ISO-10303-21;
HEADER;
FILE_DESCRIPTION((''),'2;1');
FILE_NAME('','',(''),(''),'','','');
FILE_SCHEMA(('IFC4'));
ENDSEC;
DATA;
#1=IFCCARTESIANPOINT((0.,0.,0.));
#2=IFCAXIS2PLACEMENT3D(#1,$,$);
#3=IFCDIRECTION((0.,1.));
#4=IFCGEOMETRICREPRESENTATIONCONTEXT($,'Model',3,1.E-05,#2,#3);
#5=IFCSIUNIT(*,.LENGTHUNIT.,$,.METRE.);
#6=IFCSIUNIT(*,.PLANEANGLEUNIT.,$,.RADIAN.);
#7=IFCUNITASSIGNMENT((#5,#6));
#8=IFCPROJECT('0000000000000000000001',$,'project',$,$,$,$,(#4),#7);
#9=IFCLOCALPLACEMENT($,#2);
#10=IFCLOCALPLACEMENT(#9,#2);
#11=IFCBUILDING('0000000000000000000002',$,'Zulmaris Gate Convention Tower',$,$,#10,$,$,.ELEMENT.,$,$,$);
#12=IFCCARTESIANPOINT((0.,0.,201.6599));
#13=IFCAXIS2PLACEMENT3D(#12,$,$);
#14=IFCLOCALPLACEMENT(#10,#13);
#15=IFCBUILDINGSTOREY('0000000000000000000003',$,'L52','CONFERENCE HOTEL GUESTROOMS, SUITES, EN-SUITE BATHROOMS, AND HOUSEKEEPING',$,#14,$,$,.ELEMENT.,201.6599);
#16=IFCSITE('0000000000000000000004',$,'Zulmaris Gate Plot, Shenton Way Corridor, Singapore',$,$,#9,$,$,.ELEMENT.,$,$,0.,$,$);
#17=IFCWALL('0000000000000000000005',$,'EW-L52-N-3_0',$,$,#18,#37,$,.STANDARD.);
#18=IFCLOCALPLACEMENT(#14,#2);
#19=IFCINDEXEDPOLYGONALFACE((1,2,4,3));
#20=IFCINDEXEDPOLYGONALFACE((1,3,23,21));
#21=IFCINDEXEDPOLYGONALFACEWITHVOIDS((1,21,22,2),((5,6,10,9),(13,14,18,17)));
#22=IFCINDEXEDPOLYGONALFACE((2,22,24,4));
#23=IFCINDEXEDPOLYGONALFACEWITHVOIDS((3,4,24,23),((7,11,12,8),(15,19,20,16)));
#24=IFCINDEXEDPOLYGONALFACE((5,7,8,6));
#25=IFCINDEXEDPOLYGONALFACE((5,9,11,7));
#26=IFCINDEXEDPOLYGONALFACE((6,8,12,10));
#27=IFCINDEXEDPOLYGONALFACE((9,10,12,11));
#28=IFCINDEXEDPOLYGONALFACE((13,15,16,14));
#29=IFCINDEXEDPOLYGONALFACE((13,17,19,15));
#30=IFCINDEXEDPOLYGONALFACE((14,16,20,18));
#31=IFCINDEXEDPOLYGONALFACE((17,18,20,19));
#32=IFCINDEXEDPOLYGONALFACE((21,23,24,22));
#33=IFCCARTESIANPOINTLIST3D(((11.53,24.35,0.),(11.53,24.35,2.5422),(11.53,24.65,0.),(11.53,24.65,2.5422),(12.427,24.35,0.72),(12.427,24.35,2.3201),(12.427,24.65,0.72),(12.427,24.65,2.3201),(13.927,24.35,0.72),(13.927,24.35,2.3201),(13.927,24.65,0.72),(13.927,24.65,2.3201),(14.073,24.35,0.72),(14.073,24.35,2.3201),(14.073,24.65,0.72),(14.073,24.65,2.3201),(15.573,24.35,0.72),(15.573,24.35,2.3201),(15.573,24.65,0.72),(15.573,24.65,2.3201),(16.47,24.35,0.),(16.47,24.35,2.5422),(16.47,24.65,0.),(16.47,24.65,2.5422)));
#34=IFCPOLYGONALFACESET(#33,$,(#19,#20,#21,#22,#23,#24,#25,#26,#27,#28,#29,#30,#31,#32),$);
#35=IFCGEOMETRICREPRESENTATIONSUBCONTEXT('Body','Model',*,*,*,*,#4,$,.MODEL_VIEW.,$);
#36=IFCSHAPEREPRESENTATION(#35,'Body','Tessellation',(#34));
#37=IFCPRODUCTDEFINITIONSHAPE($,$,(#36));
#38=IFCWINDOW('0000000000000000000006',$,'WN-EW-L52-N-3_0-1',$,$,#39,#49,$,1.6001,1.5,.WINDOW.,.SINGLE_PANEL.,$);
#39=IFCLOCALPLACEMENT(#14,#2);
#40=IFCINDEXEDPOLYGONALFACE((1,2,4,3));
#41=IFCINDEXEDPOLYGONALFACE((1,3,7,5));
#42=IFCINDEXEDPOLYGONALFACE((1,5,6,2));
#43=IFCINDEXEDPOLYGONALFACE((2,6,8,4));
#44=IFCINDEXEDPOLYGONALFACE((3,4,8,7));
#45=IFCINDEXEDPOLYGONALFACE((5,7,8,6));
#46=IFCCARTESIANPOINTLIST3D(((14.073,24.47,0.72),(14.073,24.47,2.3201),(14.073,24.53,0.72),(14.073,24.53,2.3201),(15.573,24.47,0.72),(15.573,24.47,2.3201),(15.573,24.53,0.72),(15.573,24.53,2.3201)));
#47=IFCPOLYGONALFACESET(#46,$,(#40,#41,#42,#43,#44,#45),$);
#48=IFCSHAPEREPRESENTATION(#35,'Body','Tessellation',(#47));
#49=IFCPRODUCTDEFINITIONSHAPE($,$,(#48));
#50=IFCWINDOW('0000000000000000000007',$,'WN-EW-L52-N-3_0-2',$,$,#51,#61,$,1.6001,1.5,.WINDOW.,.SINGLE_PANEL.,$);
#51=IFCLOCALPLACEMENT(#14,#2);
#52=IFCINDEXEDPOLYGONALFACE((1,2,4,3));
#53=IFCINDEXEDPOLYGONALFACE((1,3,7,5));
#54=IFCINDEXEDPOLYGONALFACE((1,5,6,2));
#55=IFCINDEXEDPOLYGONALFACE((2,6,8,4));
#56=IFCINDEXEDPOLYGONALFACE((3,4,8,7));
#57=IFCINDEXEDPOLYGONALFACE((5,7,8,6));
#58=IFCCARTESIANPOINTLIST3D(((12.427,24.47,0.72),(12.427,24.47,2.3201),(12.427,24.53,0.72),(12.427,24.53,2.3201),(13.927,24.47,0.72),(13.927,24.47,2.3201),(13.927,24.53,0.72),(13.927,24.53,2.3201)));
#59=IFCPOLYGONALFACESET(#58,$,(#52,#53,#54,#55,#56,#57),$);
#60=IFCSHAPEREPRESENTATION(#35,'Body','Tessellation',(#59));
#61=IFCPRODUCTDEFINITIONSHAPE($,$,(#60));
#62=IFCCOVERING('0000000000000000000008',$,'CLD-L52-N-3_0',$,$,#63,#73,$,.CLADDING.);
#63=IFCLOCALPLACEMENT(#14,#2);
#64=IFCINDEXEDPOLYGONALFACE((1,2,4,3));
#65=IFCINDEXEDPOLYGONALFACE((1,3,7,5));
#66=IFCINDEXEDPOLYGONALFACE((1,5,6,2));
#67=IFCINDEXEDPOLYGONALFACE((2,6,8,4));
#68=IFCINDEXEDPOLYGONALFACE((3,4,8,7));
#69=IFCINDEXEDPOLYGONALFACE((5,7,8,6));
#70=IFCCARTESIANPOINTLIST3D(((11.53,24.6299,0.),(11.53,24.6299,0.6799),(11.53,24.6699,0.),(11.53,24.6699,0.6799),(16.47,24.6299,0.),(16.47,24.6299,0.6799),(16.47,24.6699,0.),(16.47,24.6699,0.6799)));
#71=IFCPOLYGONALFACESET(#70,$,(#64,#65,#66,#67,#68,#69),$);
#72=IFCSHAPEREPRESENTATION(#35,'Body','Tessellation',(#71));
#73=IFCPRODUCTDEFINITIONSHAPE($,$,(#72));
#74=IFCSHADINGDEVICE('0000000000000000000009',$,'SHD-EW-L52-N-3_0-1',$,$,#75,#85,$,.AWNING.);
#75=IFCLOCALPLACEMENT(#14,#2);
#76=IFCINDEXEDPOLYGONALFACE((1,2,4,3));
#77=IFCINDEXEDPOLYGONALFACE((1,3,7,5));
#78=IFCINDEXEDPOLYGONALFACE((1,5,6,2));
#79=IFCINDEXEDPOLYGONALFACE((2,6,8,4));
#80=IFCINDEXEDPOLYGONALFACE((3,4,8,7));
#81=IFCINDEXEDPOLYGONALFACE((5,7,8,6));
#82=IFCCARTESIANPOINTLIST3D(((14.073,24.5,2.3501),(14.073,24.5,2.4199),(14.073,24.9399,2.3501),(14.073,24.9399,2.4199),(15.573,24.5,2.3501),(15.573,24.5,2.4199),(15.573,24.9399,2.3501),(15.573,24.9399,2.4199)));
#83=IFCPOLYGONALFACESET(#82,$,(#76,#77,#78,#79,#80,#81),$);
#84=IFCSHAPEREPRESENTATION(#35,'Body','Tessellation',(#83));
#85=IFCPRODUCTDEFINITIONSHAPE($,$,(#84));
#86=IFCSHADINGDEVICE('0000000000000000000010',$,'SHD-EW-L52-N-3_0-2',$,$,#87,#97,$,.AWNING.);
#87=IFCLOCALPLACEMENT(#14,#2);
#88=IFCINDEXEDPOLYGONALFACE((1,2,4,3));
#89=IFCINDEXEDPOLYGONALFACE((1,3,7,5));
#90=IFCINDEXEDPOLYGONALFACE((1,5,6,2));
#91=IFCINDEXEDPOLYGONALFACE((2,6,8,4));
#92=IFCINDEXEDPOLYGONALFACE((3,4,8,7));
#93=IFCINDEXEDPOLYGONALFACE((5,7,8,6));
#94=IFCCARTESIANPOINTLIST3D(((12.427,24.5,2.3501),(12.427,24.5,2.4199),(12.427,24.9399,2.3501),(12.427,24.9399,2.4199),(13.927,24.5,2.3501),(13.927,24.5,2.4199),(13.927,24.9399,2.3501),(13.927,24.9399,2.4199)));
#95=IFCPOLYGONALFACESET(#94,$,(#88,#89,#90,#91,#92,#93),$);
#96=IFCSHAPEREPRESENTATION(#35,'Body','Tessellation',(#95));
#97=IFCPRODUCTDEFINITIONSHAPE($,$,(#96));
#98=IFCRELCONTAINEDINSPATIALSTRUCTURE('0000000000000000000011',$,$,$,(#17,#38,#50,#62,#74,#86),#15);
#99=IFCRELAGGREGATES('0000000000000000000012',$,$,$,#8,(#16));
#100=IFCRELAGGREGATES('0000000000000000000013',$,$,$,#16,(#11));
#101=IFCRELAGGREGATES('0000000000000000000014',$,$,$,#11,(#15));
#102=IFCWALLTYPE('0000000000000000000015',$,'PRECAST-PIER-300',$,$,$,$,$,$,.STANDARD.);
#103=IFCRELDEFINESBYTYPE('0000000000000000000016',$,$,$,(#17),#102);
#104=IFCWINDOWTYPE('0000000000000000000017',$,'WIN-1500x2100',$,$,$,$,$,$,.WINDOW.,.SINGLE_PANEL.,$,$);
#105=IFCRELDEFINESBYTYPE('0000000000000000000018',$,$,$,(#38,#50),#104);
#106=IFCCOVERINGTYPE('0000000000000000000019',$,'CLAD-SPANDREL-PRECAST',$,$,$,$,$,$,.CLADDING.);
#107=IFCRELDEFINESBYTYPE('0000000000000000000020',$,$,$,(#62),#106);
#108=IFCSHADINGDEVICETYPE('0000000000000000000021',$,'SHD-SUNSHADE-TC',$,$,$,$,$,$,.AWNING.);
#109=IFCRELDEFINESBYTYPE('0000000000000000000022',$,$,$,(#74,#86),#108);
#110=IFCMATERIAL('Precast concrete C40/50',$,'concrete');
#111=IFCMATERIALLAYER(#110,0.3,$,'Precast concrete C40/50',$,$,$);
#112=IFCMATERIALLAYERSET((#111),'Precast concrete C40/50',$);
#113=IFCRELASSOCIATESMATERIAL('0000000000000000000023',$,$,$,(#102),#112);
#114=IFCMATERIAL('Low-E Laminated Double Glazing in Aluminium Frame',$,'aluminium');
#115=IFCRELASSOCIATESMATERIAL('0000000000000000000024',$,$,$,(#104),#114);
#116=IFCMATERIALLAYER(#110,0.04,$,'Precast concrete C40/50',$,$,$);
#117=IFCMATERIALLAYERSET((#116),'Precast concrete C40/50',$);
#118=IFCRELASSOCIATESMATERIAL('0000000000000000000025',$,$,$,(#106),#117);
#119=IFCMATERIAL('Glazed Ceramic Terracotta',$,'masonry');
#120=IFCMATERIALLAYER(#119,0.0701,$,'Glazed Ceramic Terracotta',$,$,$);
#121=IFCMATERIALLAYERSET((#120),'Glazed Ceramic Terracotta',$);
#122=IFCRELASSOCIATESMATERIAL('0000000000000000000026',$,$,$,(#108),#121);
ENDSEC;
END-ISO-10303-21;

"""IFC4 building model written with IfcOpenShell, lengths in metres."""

from ifc_helpers import new_model, si_unit, direction, frame, frame_2d, origin, place, context, subcontext, project, spatial, rectangle, extrude, material, layer, layer_set, type_object, element, fill, save


model = new_model("IFC4")

# Units and contexts
model_context = context("Model", 3, precision=1e-05, world=origin(), true_north=direction((0.0, 1.0)))
body_context = subcontext(model_context, "Body", "Model", "MODEL_VIEW")
ifc_project = project(units=[si_unit("LENGTHUNIT", "METRE"), si_unit("PLANEANGLEUNIT", "RADIAN")], contexts=[model_context])

# Site, building, storey
site_placement = place(None, origin())
site = spatial("IfcSite", under=ifc_project, at=site_placement, Name="Zulmaris Gate Plot, Shenton Way Corridor, Singapore", CompositionType="ELEMENT", RefElevation=0.0)
building_placement = place(site_placement, origin())
building = spatial("IfcBuilding", under=site, at=building_placement, Name="Zulmaris Gate Convention Tower", CompositionType="ELEMENT")
storey_placement = place(building_placement, frame((0.0, 0.0, 201.6599)))
storey = spatial("IfcBuildingStorey", under=building, at=storey_placement, Name="L52", Description="CONFERENCE HOTEL GUESTROOMS, SUITES, EN-SUITE BATHROOMS, AND HOUSEKEEPING", CompositionType="ELEMENT", Elevation=201.6599)

# Wall, openings, windows
ifc_material_1 = material(Name="Precast concrete C40/50", Category="concrete")
ifc_layer_1 = layer(ifc_material_1, 0.3, Name="Precast concrete C40/50")
ifc_layer_set_1 = layer_set([ifc_layer_1], Name="Precast concrete C40/50")
wall_type_1 = type_object("IfcWallType", Name="PRECAST-PIER-300", PredefinedType="STANDARD", material=ifc_layer_set_1)
wall_1_placement = place(storey_placement, frame((16.47, 24.5, 0.0), z_axis=(0.0, 0.0, 1.0), x_axis=(-1.0, 0.0, 0.0)))
wall_1 = element("IfcWall", 1, at=wall_1_placement, inside=storey, type_object=wall_type_1, Name="EW-L52-N-3_0", PredefinedType="STANDARD", context=body_context, shape_type="SweptSolid", body=[
    extrude(rectangle(XDim=4.9399, YDim=0.3, at=frame_2d((2.47, 0.0))), origin(), (0.0, 0.0, 1.0), 2.5422),
])
opening_1_placement = place(wall_1_placement, frame((0.897, 0.0, 0.72)))
opening_1 = element("IfcOpeningElement", 2, at=opening_1_placement, cuts=wall_1, PredefinedType="OPENING", context=body_context, shape_type="SweptSolid", body=[
    extrude(rectangle(XDim=1.5, YDim=1.6001, at=frame_2d((0.75, 0.8))), frame((0.0, 0.1602, 0.0), z_axis=(0.0, -1.0, 0.0), x_axis=(1.0, 0.0, 0.0)), (0.0, 0.0, 1.0), 0.3201),
])
opening_2_placement = place(wall_1_placement, frame((2.543, 0.0, 0.72)))
opening_2 = element("IfcOpeningElement", 3, at=opening_2_placement, cuts=wall_1, PredefinedType="OPENING", context=body_context, shape_type="SweptSolid", body=[
    extrude(rectangle(XDim=1.5, YDim=1.6001, at=frame_2d((0.75, 0.8))), frame((0.0, 0.1602, 0.0), z_axis=(0.0, -1.0, 0.0), x_axis=(1.0, 0.0, 0.0)), (0.0, 0.0, 1.0), 0.3201),
])
ifc_material_2 = material(Name="Low-E Laminated Double Glazing in Aluminium Frame", Category="aluminium")
window_type = type_object("IfcWindowType", Name="WIN-1500x2100", PartitioningType="SINGLE_PANEL", PredefinedType="WINDOW", material=ifc_material_2)
window_1_placement = place(opening_1_placement, origin())
window_1 = element("IfcWindow", 4, at=window_1_placement, inside=storey, type_object=window_type, Name="WN-EW-L52-N-3_0-1", OverallHeight=1.6001, OverallWidth=1.5, PartitioningType="SINGLE_PANEL", PredefinedType="WINDOW", context=body_context, shape_type="SweptSolid", body=[
    extrude(rectangle(XDim=1.5, YDim=1.6001, at=frame_2d((0.75, 0.8))), frame((0.0, 0.03, 0.0), z_axis=(0.0, -1.0, 0.0), x_axis=(1.0, 0.0, 0.0)), (0.0, 0.0, 1.0), 0.0601),
])
fill(opening_1, window_1)
window_2_placement = place(opening_2_placement, origin())
window_2 = element("IfcWindow", 5, at=window_2_placement, inside=storey, type_object=window_type, Name="WN-EW-L52-N-3_0-2", OverallHeight=1.6001, OverallWidth=1.5, PartitioningType="SINGLE_PANEL", PredefinedType="WINDOW", context=body_context, shape_type="SweptSolid", body=[
    extrude(rectangle(XDim=1.5, YDim=1.6001, at=frame_2d((0.75, 0.8))), frame((0.0, 0.03, 0.0), z_axis=(0.0, -1.0, 0.0), x_axis=(1.0, 0.0, 0.0)), (0.0, 0.0, 1.0), 0.0601),
])
fill(opening_2, window_2)

# Covering
ifc_layer_2 = layer(ifc_material_1, 0.04, Name="Precast concrete C40/50")
ifc_layer_set_2 = layer_set([ifc_layer_2], Name="Precast concrete C40/50")
covering_type = type_object("IfcCoveringType", Name="CLAD-SPANDREL-PRECAST", PredefinedType="CLADDING", material=ifc_layer_set_2)
covering_placement = place(storey_placement, frame((16.47, 24.6499, 0.0), z_axis=(0.0, 0.0, 1.0), x_axis=(-1.0, 0.0, 0.0)))
element("IfcCovering", 6, at=covering_placement, inside=storey, type_object=covering_type, Name="CLD-L52-N-3_0", PredefinedType="CLADDING", context=body_context, shape_type="SweptSolid", body=[
    extrude(rectangle(XDim=4.9399, YDim=0.04, at=frame_2d((2.47, 0.0))), origin(), (0.0, 0.0, 1.0), 0.6799),
])

# Shading devices
ifc_material_3 = material(Name="Glazed Ceramic Terracotta", Category="masonry")
ifc_layer_3 = layer(ifc_material_3, 0.0701, Name="Glazed Ceramic Terracotta")
ifc_layer_set_3 = layer_set([ifc_layer_3], Name="Glazed Ceramic Terracotta")
shading_device_type = type_object("IfcShadingDeviceType", Name="SHD-SUNSHADE-TC", PredefinedType="AWNING", material=ifc_layer_set_3)
for number, where, z_axis, x_axis, name in (
    (7, (15.573, 24.72, 2.3501), (0.0, 0.0, 1.0), (-1.0, 0.0, 0.0), "SHD-EW-L52-N-3_0-1"),
    (8, (13.927, 24.72, 2.3501), (0.0, 0.0, 1.0), (-1.0, 0.0, 0.0), "SHD-EW-L52-N-3_0-2"),
):
    element("IfcShadingDevice", number, at=place(storey_placement, frame(where, z_axis=z_axis, x_axis=x_axis)), inside=storey, type_object=shading_device_type, Name=name, PredefinedType="AWNING", context=body_context, shape_type="SweptSolid", body=[
        extrude(rectangle(XDim=1.5, YDim=0.4399, at=frame_2d((0.75, 0.0))), origin(), (0.0, 0.0, 1.0), 0.0698),
    ])

save(model, "model.ifc")
